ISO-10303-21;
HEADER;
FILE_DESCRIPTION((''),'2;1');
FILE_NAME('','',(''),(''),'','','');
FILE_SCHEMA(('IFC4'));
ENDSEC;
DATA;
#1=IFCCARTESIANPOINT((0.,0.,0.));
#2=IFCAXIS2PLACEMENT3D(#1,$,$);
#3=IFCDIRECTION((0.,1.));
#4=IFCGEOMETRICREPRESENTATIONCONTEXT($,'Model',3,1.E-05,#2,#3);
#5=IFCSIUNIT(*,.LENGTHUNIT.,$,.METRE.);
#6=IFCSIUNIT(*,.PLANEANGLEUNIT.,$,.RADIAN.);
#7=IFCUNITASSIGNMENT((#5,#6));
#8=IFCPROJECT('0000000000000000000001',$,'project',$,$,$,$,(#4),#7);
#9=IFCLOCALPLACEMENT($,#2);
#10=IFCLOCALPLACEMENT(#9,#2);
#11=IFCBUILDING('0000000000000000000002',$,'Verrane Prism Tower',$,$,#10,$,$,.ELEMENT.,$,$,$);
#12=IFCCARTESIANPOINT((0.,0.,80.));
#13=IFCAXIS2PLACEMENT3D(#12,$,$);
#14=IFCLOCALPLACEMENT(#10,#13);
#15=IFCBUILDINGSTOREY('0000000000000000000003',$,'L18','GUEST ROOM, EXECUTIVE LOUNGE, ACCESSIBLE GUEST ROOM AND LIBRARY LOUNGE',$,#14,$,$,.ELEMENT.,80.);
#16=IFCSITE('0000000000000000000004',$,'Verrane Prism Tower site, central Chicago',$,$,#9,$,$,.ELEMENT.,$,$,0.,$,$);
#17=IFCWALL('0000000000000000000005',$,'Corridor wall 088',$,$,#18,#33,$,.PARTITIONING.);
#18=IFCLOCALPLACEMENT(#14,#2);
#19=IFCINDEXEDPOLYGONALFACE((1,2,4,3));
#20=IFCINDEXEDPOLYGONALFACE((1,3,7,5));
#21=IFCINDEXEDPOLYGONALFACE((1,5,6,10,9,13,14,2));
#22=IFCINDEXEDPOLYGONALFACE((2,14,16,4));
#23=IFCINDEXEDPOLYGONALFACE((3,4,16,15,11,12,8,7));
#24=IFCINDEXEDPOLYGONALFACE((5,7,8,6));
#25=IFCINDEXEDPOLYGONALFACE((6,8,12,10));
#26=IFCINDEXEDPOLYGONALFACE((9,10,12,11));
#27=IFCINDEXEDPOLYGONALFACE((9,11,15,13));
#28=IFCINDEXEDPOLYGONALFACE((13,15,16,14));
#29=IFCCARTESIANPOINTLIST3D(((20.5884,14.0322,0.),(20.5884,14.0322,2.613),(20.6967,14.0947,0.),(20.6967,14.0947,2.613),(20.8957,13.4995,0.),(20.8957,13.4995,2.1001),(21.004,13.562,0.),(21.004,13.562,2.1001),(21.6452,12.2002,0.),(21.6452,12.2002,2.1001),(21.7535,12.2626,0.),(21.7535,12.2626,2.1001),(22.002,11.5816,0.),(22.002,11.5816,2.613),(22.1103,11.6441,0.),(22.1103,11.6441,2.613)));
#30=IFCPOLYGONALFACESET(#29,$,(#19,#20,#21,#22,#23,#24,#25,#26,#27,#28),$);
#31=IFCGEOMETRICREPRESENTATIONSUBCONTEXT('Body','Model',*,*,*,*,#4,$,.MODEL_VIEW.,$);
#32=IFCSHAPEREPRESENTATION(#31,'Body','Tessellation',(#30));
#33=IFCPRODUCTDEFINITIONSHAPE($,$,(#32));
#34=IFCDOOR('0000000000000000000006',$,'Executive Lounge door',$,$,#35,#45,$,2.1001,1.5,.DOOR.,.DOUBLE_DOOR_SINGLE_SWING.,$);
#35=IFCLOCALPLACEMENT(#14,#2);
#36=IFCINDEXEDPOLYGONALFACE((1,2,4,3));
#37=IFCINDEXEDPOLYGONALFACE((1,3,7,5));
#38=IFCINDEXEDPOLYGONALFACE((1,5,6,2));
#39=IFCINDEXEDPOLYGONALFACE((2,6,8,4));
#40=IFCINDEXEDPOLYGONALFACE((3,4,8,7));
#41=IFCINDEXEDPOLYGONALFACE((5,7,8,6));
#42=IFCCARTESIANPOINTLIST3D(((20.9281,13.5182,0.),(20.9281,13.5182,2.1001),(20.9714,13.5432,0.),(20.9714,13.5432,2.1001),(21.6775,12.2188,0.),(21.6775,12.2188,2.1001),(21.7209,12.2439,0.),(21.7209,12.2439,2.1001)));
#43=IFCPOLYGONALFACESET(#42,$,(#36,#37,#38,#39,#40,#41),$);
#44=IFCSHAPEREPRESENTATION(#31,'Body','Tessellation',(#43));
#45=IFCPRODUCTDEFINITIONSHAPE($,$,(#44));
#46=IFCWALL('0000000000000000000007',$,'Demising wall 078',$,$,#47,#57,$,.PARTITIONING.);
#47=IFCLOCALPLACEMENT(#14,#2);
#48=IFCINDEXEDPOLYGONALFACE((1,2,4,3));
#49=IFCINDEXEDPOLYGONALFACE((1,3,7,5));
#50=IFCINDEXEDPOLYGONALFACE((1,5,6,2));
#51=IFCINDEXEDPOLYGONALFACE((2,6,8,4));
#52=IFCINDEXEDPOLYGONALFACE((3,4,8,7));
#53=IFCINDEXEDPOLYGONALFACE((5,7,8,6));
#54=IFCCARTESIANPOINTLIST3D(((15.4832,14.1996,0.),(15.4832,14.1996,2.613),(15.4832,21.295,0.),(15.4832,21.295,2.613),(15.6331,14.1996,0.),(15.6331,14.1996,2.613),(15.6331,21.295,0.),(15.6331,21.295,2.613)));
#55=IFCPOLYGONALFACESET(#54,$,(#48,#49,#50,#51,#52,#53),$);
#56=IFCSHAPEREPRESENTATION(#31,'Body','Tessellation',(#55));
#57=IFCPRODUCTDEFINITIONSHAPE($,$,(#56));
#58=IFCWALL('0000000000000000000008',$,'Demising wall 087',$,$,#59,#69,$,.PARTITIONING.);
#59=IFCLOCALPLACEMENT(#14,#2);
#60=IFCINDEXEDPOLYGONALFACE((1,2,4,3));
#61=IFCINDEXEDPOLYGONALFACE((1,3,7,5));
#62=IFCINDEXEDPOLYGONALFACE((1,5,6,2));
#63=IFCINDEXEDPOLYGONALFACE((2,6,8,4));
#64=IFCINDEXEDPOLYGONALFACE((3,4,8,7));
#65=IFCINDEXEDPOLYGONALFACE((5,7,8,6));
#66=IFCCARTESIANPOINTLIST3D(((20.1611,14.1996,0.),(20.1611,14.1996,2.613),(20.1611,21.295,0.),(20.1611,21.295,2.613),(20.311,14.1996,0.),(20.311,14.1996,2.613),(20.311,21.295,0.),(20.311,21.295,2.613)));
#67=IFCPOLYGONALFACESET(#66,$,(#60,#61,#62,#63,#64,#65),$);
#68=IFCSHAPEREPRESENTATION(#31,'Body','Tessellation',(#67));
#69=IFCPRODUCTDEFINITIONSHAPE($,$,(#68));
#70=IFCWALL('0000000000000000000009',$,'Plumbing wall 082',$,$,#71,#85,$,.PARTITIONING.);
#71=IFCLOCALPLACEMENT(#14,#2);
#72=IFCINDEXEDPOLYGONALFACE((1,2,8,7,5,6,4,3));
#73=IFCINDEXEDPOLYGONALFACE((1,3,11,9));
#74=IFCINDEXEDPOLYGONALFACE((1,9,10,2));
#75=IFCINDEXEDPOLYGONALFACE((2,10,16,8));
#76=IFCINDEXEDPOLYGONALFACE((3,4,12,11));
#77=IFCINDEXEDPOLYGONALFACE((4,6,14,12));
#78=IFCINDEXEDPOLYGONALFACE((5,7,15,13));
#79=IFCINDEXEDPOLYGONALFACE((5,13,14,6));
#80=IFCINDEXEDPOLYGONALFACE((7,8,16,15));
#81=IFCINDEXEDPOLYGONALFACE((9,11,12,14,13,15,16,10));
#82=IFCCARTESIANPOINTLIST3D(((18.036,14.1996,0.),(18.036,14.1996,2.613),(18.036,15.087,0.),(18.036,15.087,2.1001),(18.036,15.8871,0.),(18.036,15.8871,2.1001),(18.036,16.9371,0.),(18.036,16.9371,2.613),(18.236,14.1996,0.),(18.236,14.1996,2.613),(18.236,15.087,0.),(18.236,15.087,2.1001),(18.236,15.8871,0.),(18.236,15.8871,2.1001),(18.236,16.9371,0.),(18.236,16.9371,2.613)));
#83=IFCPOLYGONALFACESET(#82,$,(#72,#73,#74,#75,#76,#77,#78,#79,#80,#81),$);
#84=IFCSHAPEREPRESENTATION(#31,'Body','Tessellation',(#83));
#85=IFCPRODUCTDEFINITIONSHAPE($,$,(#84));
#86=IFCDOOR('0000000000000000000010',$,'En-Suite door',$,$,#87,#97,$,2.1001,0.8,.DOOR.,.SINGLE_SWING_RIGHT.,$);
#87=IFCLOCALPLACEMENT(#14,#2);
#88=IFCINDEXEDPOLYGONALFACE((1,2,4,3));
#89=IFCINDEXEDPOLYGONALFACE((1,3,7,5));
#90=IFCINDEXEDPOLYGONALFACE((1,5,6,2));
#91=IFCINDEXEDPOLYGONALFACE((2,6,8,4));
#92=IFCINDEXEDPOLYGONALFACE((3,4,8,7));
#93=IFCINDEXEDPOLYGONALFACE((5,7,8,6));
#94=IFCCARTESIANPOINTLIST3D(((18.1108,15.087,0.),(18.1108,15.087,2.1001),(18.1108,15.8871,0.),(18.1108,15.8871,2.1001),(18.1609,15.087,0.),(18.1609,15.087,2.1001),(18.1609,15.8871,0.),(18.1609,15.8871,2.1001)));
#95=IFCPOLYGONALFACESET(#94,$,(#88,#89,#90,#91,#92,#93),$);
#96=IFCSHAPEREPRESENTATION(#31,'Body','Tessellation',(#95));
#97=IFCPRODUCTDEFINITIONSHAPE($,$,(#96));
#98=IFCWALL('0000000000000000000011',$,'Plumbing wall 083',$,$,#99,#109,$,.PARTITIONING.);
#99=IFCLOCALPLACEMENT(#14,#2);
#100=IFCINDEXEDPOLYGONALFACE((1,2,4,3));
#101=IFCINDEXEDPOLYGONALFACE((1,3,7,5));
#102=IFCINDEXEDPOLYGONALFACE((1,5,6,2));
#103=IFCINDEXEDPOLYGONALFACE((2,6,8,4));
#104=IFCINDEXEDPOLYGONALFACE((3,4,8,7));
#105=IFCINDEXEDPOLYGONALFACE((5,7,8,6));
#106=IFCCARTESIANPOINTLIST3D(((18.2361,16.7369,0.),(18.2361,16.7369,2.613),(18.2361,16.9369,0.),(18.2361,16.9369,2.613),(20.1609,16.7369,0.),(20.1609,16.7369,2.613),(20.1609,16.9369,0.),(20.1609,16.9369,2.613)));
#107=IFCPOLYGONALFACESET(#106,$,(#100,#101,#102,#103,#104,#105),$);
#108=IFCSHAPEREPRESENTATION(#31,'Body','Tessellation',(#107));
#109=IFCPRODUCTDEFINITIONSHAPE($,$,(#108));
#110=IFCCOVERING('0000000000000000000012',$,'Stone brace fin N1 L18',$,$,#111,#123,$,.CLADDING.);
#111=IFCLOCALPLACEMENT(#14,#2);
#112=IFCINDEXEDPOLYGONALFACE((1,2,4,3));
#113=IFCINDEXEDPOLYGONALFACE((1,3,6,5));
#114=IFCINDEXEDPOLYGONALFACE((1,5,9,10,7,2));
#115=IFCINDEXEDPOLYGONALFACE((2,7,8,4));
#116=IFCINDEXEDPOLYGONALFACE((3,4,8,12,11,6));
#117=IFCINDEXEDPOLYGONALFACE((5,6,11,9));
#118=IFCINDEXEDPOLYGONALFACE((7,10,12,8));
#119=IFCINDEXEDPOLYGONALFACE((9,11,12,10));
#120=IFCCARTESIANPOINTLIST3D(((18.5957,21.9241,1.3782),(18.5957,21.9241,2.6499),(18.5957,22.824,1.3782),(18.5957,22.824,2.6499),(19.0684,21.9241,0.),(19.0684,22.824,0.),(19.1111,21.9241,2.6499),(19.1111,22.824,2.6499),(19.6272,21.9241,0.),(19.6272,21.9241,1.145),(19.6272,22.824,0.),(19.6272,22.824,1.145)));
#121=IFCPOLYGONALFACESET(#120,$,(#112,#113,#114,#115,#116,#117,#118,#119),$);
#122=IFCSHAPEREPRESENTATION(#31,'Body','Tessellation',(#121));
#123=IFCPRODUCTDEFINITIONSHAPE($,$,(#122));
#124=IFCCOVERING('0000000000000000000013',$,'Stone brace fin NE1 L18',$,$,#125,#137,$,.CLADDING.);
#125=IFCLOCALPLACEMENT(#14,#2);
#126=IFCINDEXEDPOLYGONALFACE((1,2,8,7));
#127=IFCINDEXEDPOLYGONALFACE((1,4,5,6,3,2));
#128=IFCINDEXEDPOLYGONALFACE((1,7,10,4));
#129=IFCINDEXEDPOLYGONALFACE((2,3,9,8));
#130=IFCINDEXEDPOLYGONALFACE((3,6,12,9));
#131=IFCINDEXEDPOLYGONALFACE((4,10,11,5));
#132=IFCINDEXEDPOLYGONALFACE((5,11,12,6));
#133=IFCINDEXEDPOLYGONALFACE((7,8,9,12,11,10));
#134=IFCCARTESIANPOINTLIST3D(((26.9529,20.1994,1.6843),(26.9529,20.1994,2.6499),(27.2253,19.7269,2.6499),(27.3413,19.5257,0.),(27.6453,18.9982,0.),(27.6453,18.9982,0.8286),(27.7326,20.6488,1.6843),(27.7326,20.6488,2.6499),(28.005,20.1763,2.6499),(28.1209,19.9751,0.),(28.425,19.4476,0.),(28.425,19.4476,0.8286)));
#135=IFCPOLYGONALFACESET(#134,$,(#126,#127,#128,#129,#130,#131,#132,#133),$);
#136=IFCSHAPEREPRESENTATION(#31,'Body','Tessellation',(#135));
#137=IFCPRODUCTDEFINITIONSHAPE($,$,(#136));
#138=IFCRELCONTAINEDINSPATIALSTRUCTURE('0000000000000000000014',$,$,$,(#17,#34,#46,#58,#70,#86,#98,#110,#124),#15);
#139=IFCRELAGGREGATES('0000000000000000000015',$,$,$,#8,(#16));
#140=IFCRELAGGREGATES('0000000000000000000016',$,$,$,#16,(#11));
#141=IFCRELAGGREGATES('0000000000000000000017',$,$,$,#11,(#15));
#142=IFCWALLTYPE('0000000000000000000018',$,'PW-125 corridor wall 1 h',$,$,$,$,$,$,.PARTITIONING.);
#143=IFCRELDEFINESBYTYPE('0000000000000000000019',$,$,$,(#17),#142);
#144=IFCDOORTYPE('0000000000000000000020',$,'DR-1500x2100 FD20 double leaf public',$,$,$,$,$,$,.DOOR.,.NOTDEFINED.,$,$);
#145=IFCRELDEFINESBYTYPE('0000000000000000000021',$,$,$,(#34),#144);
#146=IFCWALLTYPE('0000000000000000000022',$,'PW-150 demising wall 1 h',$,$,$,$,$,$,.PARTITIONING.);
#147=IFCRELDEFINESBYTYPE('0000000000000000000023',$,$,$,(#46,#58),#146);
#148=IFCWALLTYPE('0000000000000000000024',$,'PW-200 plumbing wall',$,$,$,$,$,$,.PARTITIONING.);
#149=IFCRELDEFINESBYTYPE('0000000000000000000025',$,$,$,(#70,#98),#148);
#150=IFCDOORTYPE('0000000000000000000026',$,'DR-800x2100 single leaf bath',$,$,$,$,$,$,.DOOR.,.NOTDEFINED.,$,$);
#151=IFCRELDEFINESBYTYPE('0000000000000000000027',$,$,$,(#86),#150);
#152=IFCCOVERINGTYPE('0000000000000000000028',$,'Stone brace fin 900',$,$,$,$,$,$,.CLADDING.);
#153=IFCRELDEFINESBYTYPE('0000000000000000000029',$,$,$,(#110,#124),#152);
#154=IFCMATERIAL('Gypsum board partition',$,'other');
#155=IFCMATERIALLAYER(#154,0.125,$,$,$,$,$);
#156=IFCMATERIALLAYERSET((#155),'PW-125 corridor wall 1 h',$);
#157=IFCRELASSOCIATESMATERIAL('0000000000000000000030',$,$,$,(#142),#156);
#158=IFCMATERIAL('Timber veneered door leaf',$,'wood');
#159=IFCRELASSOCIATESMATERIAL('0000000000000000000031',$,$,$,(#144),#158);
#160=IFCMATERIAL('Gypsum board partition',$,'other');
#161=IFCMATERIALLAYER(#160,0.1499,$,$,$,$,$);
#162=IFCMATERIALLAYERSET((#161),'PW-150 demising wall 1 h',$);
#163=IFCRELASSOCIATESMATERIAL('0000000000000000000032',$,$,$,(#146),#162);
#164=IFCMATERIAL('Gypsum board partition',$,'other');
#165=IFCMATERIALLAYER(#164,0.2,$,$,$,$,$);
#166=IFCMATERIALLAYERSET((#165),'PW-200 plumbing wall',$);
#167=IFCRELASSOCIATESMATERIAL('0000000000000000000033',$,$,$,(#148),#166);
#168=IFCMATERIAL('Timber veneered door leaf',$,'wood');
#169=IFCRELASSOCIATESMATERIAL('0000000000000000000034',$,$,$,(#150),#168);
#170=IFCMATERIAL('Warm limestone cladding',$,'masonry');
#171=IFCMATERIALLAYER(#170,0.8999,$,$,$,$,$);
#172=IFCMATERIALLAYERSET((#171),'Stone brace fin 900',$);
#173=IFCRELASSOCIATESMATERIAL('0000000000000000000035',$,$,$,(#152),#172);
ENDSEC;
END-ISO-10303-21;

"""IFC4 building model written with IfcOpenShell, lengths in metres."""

from ifc_helpers import new_model, si_unit, direction, frame, frame_2d, origin, place, context, subcontext, project, spatial, polyline, rectangle, outline, extrude, material, layer, layer_set, type_object, element, fill, save


model = new_model("IFC4")

# Units and contexts
model_context = context("Model", 3, precision=1e-05, world=origin(), true_north=direction((0.0, 1.0)))
body_context = subcontext(model_context, "Body", "Model", "MODEL_VIEW")
ifc_project = project(units=[si_unit("LENGTHUNIT", "METRE"), si_unit("PLANEANGLEUNIT", "RADIAN")], contexts=[model_context])

# Site, building, storey
site_placement = place(None, origin())
site = spatial("IfcSite", under=ifc_project, at=site_placement, Name="Verrane Prism Tower site, central Chicago", CompositionType="ELEMENT", RefElevation=0.0)
building_placement = place(site_placement, origin())
building = spatial("IfcBuilding", under=site, at=building_placement, Name="Verrane Prism Tower", CompositionType="ELEMENT")
storey_placement = place(building_placement, frame((0.0, 0.0, 80.0)))
storey = spatial("IfcBuildingStorey", under=building, at=storey_placement, Name="L18", Description="GUEST ROOM, EXECUTIVE LOUNGE, ACCESSIBLE GUEST ROOM AND LIBRARY LOUNGE", CompositionType="ELEMENT", Elevation=80.0)

# Wall, opening, door
ifc_material_1 = material(Name="Gypsum board partition", Category="other")
ifc_layer_1 = layer(ifc_material_1, 0.125)
ifc_layer_set_1 = layer_set([ifc_layer_1], Name="PW-125 corridor wall 1 h")
wall_type_1 = type_object("IfcWallType", Name="PW-125 corridor wall 1 h", PredefinedType="PARTITIONING", material=ifc_layer_set_1)
wall_1_placement = place(storey_placement, frame((20.6426, 14.0635, 0.0), z_axis=(0.0, 0.0, 1.0), x_axis=(0.499648, -0.866229, 0.0)))
wall_1 = element("IfcWall", 1, at=wall_1_placement, inside=storey, type_object=wall_type_1, Name="Corridor wall 088", PredefinedType="PARTITIONING", context=body_context, shape_type="SweptSolid", body=[
    extrude(rectangle(XDim=2.8291, YDim=0.125, at=frame_2d((1.4146, 0.0))), origin(), (0.0, 0.0, 1.0), 2.613),
])
opening_1_placement = place(wall_1_placement, frame((0.615, 0.0, 0.0)))
opening_1 = element("IfcOpeningElement", 2, at=opening_1_placement, cuts=wall_1, PredefinedType="OPENING", context=body_context, shape_type="SweptSolid", body=[
    extrude(rectangle(XDim=1.5, YDim=2.1001, at=frame_2d((0.75, 1.05))), frame((0.0, 0.0725, 0.0), z_axis=(0.0, -1.0, 0.0), x_axis=(1.0, 0.0, 0.0)), (0.0, 0.0, 1.0), 0.145),
])
ifc_material_2 = material(Name="Timber veneered door leaf", Category="wood")
door_type_1 = type_object("IfcDoorType", Name="DR-1500x2100 FD20 double leaf public", OperationType="NOTDEFINED", PredefinedType="DOOR", material=ifc_material_2)
door_1_placement = place(opening_1_placement, origin())
door_1 = element("IfcDoor", 3, at=door_1_placement, inside=storey, type_object=door_type_1, Name="Executive Lounge door", OperationType="DOUBLE_DOOR_SINGLE_SWING", OverallHeight=2.1001, OverallWidth=1.5, PredefinedType="DOOR", context=body_context, shape_type="SweptSolid", body=[
    extrude(rectangle(XDim=1.5, YDim=2.1001, at=frame_2d((0.75, 1.05))), frame((0.0, 0.0249, 0.0), z_axis=(0.0, -1.0, 0.0), x_axis=(1.0, 0.0, 0.0)), (0.0, 0.0, 1.0), 0.05),
])
fill(opening_1, door_1)

# Walls
ifc_material_3 = material(Name="Gypsum board partition", Category="other")
ifc_layer_2 = layer(ifc_material_3, 0.1499)
ifc_layer_set_2 = layer_set([ifc_layer_2], Name="PW-150 demising wall 1 h")
wall_type_2 = type_object("IfcWallType", Name="PW-150 demising wall 1 h", PredefinedType="PARTITIONING", material=ifc_layer_set_2)
for number, where, z_axis, x_axis, name in (
    (4, (15.5581, 14.1995, 0.0), (0.0, 0.0, 1.0), (0.0, 1.0, 0.0), "Demising wall 078"),
    (5, (20.2361, 14.1995, 0.0), (0.0, 0.0, 1.0), (0.0, 1.0, 0.0), "Demising wall 087"),
):
    element("IfcWall", number, at=place(storey_placement, frame(where, z_axis=z_axis, x_axis=x_axis)), inside=storey, type_object=wall_type_2, Name=name, PredefinedType="PARTITIONING", context=body_context, shape_type="SweptSolid", body=[
        extrude(rectangle(XDim=7.0955, YDim=0.1499, at=frame_2d((3.5479, 0.0))), origin(), (0.0, 0.0, 1.0), 2.613),
    ])

# Wall, opening, door
ifc_material_4 = material(Name="Gypsum board partition", Category="other")
ifc_layer_3 = layer(ifc_material_4, 0.2)
ifc_layer_set_3 = layer_set([ifc_layer_3], Name="PW-200 plumbing wall")
wall_type_3 = type_object("IfcWallType", Name="PW-200 plumbing wall", PredefinedType="PARTITIONING", material=ifc_layer_set_3)
wall_2_placement = place(storey_placement, frame((18.136, 16.937, 0.0), z_axis=(0.0, 0.0, 1.0), x_axis=(0.0, -1.0, 0.0)))
wall_2 = element("IfcWall", 6, at=wall_2_placement, inside=storey, type_object=wall_type_3, Name="Plumbing wall 082", PredefinedType="PARTITIONING", context=body_context, shape_type="SweptSolid", body=[
    extrude(rectangle(XDim=2.7375, YDim=0.2, at=frame_2d((1.3687, 0.0))), origin(), (0.0, 0.0, 1.0), 2.613),
])
opening_2_placement = place(wall_2_placement, frame((1.05, 0.0, 0.0)))
opening_2 = element("IfcOpeningElement", 7, at=opening_2_placement, cuts=wall_2, PredefinedType="OPENING", context=body_context, shape_type="SweptSolid", body=[
    extrude(rectangle(XDim=0.8, YDim=2.1001, at=frame_2d((0.3999, 1.05))), frame((0.0, 0.1099, 0.0), z_axis=(0.0, -1.0, 0.0), x_axis=(1.0, 0.0, 0.0)), (0.0, 0.0, 1.0), 0.22),
])
ifc_material_5 = material(Name="Timber veneered door leaf", Category="wood")
door_type_2 = type_object("IfcDoorType", Name="DR-800x2100 single leaf bath", OperationType="NOTDEFINED", PredefinedType="DOOR", material=ifc_material_5)
door_2_placement = place(opening_2_placement, origin())
door_2 = element("IfcDoor", 8, at=door_2_placement, inside=storey, type_object=door_type_2, Name="En-Suite door", OperationType="SINGLE_SWING_RIGHT", OverallHeight=2.1001, OverallWidth=0.8, PredefinedType="DOOR", context=body_context, shape_type="SweptSolid", body=[
    extrude(rectangle(XDim=0.8, YDim=2.1001, at=frame_2d((0.3999, 1.05))), frame((0.0, 0.0249, 0.0), z_axis=(0.0, -1.0, 0.0), x_axis=(1.0, 0.0, 0.0)), (0.0, 0.0, 1.0), 0.05),
])
fill(opening_2, door_2)

# Wall
wall_3_placement = place(storey_placement, frame((18.2361, 16.8369, 0.0), z_axis=(0.0, 0.0, 1.0), x_axis=(1.0, 0.0, 0.0)))
element("IfcWall", 9, at=wall_3_placement, inside=storey, type_object=wall_type_3, Name="Plumbing wall 083", PredefinedType="PARTITIONING", context=body_context, shape_type="SweptSolid", body=[
    extrude(rectangle(XDim=1.9248, YDim=0.2, at=frame_2d((0.9624, 0.0))), origin(), (0.0, 0.0, 1.0), 2.613),
])

# Coverings
ifc_material_6 = material(Name="Warm limestone cladding", Category="masonry")
ifc_layer_4 = layer(ifc_material_6, 0.8999)
ifc_layer_set_4 = layer_set([ifc_layer_4], Name="Stone brace fin 900")
covering_type = type_object("IfcCoveringType", Name="Stone brace fin 900", PredefinedType="CLADDING", material=ifc_layer_set_4)
covering_1_placement = place(storey_placement, frame((19.6272, 22.374, 0.0), z_axis=(0.0, 0.0, 1.0), x_axis=(-1.0, 0.0, 0.0)))
element("IfcCovering", 10, at=covering_1_placement, inside=storey, type_object=covering_type, Name="Stone brace fin N1 L18", PredefinedType="CLADDING", context=body_context, shape_type="SweptSolid", body=[
    extrude(outline(polyline([(1.0315, 2.6499), (0.5161, 2.6499), (0.0, 1.145), (0.0, 0.0), (0.5588, 0.0), (1.0315, 1.3782), (1.0315, 2.6499)])), frame((0.0, 0.45, 0.0), z_axis=(0.0, -1.0, 0.0), x_axis=(1.0, 0.0, 0.0)), (0.0, 0.0, 1.0), 0.8999),
])
covering_2_placement = place(storey_placement, frame((28.0352, 19.2229, 0.0), z_axis=(0.0, 0.0, 1.0), x_axis=(-0.499397, 0.866373, 0.0)))
element("IfcCovering", 11, at=covering_2_placement, inside=storey, type_object=covering_type, Name="Stone brace fin NE1 L18", PredefinedType="CLADDING", context=body_context, shape_type="SweptSolid", body=[
    extrude(outline(polyline([(1.3865, 2.6499), (0.8411, 2.6499), (0.0, 0.8286), (0.0, 0.0), (0.6089, 0.0), (1.3865, 1.6843), (1.3865, 2.6499)])), frame((0.0, 0.45, 0.0), z_axis=(0.0, -1.0, 0.0), x_axis=(1.0, 0.0, 0.0)), (0.0, 0.0, 1.0), 0.8999),
])

save(model, "model.ifc")
